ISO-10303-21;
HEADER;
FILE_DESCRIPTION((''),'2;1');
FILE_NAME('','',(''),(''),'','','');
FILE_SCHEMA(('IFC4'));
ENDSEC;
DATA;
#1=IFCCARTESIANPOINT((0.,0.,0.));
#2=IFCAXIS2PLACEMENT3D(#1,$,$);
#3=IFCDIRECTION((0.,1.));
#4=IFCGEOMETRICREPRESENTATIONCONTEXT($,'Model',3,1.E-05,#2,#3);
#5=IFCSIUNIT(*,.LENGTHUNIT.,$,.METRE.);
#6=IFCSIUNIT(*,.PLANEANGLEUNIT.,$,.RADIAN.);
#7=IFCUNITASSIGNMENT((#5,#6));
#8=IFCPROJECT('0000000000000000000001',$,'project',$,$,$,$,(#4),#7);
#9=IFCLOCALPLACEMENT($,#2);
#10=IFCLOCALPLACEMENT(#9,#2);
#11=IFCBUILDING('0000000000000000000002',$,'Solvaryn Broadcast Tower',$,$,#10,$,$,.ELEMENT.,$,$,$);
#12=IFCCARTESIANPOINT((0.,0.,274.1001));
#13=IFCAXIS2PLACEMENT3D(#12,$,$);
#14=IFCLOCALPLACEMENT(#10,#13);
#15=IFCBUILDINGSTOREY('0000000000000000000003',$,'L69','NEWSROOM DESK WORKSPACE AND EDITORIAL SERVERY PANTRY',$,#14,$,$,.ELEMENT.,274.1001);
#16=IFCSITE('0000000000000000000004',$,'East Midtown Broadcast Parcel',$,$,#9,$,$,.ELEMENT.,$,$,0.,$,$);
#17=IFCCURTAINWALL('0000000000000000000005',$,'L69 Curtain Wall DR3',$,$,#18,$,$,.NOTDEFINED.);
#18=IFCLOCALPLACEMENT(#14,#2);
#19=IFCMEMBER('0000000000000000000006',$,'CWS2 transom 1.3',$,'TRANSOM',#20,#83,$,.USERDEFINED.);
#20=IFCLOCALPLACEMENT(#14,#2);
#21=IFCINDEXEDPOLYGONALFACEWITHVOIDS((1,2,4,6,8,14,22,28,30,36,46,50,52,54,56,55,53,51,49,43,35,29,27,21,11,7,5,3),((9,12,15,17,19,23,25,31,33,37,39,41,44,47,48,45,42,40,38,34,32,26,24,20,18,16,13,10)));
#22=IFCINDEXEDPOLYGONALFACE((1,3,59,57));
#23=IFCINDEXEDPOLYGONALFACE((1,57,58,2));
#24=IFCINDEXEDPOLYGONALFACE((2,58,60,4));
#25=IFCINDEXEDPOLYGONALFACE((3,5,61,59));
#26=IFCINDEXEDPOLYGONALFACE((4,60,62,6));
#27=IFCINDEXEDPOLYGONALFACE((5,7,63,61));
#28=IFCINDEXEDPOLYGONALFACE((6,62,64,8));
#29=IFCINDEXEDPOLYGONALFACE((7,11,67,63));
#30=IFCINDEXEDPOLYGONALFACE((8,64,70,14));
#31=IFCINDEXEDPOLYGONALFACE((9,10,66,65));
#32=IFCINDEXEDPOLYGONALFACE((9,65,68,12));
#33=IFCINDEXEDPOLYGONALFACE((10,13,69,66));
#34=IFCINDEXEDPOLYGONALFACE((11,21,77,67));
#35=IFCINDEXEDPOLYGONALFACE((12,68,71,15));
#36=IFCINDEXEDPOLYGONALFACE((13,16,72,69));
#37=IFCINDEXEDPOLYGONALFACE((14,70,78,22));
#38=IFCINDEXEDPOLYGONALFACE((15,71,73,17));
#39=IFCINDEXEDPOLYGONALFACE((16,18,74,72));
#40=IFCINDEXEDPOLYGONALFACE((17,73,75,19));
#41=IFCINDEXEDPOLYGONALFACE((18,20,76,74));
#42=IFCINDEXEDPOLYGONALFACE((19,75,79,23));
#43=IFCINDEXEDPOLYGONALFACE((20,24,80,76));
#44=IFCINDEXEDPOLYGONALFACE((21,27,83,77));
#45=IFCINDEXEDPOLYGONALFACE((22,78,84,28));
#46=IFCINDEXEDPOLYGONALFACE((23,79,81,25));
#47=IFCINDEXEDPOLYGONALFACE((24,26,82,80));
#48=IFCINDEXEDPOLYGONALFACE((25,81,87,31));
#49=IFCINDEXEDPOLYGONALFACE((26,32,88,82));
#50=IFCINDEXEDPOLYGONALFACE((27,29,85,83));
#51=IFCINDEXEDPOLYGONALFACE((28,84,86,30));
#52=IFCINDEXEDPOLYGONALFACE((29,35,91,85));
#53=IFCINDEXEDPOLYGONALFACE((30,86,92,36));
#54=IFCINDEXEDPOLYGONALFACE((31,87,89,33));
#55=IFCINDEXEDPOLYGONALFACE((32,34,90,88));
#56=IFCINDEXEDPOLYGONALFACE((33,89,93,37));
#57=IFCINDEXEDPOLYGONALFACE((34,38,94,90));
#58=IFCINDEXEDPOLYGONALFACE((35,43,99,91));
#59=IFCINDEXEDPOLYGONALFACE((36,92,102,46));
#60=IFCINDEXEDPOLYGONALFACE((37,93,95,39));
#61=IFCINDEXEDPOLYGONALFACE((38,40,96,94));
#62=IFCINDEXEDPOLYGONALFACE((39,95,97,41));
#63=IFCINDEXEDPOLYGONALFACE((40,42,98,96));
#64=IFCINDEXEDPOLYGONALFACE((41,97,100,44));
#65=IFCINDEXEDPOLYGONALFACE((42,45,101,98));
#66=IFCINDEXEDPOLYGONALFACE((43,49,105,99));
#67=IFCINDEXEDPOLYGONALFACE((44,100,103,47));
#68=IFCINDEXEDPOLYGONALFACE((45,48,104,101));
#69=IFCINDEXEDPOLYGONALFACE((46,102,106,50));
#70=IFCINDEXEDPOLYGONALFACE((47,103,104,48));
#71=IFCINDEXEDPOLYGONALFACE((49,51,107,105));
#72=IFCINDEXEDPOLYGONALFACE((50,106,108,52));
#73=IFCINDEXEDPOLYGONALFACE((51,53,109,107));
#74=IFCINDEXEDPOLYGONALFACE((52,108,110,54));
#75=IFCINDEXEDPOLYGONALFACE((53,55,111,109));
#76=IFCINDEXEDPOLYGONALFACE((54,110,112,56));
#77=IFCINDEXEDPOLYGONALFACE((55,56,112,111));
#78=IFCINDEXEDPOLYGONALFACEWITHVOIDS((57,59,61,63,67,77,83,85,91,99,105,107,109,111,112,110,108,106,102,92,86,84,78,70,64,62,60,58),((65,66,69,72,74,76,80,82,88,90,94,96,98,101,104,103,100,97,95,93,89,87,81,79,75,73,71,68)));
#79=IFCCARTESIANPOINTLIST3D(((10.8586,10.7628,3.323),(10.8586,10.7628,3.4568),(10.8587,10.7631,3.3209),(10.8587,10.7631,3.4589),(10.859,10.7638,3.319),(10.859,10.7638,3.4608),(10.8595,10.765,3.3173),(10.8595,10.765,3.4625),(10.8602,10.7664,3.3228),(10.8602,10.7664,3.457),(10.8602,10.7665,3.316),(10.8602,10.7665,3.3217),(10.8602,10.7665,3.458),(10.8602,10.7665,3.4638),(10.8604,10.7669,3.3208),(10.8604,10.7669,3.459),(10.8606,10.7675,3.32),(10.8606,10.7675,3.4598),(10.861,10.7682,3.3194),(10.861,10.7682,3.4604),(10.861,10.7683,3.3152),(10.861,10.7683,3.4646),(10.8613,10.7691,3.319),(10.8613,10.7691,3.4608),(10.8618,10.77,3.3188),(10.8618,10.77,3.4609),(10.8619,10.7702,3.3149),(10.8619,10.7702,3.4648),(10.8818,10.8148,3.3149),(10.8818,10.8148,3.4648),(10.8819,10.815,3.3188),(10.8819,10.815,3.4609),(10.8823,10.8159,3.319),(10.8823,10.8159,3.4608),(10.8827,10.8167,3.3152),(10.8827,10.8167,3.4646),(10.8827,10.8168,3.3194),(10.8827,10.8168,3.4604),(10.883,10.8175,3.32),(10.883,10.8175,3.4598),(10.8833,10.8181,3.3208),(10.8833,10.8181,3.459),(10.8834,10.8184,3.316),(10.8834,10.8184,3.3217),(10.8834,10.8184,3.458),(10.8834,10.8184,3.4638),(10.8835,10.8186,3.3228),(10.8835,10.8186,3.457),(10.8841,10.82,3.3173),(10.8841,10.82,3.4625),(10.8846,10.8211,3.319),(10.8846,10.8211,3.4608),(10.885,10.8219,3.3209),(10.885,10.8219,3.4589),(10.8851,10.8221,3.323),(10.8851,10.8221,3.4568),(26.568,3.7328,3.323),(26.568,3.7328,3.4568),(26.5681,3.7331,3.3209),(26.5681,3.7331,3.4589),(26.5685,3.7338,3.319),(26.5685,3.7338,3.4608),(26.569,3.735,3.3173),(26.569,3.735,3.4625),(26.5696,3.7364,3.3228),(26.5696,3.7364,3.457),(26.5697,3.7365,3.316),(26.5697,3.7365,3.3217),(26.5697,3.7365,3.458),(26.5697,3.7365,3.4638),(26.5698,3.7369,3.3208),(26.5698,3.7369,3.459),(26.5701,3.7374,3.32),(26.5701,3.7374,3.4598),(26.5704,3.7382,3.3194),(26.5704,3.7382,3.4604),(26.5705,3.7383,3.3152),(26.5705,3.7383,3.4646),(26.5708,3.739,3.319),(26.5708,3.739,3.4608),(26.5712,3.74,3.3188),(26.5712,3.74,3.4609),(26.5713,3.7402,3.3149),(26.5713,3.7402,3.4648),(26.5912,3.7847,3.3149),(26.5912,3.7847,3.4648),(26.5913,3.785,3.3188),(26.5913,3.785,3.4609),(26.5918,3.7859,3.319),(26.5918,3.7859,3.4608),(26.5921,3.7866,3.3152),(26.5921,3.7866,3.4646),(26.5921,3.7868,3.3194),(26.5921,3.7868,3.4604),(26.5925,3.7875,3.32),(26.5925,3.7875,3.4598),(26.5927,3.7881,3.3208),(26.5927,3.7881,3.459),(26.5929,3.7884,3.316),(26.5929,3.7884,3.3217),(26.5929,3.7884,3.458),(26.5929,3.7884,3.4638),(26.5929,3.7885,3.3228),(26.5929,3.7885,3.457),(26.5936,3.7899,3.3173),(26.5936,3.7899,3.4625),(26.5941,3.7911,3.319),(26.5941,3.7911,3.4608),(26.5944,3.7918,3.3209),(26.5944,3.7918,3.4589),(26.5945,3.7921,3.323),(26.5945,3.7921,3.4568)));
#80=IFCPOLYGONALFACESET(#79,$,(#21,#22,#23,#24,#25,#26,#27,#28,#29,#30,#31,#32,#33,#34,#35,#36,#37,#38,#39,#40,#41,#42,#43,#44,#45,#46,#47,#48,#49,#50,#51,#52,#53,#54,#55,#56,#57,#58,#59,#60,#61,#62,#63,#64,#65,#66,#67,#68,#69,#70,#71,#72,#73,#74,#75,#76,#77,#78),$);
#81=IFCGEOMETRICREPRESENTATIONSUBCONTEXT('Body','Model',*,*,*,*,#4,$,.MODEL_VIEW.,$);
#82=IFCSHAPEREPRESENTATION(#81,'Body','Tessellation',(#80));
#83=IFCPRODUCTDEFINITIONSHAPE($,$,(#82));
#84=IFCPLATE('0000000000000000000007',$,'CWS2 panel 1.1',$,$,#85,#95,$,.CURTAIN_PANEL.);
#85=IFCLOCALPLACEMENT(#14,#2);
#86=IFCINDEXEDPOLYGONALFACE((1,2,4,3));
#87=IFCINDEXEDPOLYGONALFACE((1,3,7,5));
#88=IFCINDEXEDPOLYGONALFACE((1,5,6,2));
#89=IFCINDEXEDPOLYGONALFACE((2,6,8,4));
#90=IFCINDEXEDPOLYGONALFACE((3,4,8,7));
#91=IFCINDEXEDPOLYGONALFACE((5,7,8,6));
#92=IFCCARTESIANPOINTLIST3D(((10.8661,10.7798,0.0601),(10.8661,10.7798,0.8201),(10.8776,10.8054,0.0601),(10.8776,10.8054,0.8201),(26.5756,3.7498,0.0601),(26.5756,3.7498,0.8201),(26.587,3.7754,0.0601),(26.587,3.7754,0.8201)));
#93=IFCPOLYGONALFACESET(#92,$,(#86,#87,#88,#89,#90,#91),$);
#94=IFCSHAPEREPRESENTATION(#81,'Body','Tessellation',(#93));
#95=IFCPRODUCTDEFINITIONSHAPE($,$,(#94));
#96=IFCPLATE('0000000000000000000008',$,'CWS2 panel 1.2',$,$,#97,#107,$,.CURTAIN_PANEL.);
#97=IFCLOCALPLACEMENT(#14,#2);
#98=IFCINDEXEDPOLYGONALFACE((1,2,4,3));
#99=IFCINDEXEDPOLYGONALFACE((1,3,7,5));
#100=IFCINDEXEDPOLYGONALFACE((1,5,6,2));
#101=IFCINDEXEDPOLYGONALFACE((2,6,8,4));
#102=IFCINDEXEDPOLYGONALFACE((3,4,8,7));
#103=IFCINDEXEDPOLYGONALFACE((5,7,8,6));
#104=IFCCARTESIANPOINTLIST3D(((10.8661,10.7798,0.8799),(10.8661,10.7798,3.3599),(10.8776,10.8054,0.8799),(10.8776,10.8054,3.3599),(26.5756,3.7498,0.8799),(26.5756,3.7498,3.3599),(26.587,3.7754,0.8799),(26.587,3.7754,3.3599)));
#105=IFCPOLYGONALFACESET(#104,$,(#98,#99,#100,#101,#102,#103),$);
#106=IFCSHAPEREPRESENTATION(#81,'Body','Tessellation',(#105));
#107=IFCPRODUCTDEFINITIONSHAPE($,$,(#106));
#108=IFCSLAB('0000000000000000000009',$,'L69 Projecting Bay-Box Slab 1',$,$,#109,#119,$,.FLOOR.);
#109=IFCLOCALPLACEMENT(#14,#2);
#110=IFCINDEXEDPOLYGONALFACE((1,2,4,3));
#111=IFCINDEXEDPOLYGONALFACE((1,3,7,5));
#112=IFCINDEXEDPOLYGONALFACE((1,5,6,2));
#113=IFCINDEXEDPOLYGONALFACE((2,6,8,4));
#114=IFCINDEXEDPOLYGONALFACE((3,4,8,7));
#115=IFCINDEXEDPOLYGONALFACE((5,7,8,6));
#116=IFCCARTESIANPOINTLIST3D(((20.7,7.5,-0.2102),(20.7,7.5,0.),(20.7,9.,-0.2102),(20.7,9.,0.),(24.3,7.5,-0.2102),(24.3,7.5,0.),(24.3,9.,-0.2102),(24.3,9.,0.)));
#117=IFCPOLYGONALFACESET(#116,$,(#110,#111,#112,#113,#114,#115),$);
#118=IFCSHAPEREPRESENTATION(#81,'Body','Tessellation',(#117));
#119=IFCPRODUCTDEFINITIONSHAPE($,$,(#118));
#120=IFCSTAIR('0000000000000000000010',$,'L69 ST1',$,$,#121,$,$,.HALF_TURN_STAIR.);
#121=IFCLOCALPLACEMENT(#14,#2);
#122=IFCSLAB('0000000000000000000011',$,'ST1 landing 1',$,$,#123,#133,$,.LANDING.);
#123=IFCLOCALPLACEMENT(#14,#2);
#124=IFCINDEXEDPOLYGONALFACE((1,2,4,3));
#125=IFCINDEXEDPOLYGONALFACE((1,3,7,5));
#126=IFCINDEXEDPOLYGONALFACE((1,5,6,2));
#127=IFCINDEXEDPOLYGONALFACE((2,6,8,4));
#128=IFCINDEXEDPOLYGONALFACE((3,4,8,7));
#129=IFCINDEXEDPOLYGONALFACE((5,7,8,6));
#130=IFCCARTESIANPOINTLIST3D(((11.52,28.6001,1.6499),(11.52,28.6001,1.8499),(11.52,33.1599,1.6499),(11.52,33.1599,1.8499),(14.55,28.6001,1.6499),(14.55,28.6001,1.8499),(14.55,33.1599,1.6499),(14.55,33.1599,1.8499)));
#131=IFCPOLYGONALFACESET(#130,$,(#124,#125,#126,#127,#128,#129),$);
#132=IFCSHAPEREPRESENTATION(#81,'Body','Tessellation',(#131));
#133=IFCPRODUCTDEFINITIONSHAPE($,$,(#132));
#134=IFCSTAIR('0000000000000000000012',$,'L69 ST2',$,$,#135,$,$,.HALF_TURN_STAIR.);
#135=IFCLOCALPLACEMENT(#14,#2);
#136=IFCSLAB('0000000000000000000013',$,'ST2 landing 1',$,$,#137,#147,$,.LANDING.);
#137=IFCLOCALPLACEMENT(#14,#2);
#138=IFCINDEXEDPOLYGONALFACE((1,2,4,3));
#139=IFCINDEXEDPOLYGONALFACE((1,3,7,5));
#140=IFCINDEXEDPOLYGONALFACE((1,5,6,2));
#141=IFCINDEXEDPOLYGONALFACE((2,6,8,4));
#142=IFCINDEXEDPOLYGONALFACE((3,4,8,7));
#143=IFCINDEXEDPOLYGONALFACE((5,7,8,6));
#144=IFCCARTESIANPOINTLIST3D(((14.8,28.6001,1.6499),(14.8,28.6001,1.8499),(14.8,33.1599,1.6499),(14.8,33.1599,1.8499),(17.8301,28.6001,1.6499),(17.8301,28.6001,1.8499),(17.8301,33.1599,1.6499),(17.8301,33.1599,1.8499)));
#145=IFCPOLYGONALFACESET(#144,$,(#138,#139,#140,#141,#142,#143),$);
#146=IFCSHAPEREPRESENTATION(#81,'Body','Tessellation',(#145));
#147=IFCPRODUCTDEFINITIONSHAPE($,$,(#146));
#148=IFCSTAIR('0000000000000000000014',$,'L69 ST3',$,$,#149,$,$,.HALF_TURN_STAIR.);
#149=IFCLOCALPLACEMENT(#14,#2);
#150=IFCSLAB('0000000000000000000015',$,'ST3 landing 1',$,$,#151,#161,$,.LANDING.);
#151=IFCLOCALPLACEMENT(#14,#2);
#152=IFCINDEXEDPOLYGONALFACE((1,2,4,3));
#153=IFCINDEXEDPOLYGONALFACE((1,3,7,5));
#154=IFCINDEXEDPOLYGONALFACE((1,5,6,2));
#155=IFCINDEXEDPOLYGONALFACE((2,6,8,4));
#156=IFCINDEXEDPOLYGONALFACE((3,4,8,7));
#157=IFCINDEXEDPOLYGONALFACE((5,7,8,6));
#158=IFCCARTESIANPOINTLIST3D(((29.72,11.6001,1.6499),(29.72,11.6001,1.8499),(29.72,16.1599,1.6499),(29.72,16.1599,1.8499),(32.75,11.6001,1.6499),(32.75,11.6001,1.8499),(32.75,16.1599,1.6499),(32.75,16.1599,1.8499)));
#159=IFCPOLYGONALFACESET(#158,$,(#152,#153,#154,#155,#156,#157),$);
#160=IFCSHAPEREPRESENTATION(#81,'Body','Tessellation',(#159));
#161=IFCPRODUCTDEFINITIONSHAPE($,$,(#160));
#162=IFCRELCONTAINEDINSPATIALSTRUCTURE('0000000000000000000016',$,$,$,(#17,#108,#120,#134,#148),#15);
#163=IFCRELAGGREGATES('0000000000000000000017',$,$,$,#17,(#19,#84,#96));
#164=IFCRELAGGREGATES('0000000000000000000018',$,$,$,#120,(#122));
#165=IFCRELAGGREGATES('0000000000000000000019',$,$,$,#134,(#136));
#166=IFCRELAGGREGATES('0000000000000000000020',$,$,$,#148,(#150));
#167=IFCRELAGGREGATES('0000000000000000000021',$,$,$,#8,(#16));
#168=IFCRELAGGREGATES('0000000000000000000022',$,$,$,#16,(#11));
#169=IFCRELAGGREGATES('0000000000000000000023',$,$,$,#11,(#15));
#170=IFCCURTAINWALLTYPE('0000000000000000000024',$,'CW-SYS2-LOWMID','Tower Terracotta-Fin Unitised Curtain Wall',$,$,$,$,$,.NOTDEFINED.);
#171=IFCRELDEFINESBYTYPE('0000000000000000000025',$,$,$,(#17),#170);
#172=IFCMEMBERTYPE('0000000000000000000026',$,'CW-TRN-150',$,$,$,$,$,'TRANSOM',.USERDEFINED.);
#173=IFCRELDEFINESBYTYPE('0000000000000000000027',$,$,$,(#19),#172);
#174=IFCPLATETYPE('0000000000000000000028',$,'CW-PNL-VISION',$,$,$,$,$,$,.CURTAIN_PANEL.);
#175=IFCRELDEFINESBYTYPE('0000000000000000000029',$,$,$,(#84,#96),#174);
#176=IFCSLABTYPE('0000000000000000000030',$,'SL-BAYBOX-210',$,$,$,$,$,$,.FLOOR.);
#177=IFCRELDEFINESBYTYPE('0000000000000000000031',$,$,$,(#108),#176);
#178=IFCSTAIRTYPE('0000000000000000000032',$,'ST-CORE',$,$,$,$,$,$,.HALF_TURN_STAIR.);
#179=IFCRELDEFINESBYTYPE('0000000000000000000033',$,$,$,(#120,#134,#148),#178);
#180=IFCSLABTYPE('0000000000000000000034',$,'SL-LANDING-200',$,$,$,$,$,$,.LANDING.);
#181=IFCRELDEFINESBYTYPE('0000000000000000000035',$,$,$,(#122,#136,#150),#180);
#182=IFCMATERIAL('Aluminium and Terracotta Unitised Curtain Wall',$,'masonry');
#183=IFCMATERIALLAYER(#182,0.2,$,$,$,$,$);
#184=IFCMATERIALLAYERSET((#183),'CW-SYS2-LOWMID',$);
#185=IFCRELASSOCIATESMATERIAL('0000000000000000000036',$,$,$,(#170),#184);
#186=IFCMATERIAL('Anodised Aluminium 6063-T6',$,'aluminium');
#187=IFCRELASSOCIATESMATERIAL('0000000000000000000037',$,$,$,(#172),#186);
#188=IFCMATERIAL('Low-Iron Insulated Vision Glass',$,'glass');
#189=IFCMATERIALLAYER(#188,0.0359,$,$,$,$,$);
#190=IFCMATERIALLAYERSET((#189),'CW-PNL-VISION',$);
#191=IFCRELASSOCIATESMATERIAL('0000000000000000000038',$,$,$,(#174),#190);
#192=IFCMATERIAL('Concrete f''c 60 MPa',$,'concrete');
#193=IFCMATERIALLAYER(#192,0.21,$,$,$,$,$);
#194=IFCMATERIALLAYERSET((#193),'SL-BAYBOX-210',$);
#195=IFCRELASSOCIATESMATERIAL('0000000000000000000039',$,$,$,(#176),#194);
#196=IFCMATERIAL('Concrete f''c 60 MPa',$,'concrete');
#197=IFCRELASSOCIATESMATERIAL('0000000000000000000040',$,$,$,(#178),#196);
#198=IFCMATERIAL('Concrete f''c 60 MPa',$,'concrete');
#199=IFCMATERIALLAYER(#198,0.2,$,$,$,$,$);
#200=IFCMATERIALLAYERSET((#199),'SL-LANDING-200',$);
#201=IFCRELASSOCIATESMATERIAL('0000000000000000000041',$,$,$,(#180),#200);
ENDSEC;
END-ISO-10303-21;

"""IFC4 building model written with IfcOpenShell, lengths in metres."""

from ifc_helpers import new_model, si_unit, direction, frame, origin, origin_2d, place, context, subcontext, project, spatial, polyline, rectangle, hollow_rectangle, outline, extrude, material, layer, layer_set, material_profile, profile_set, type_object, element, aggregate, save


model = new_model("IFC4")

# Units and contexts
model_context = context("Model", 3, precision=1e-05, world=origin(), true_north=direction((0.0, 1.0)))
body_context = subcontext(model_context, "Body", "Model", "MODEL_VIEW")
ifc_project = project(units=[si_unit("LENGTHUNIT", "METRE"), si_unit("PLANEANGLEUNIT", "RADIAN")], contexts=[model_context])

# Site, building, storey
site_placement = place(None, origin())
site = spatial("IfcSite", under=ifc_project, at=site_placement, Name="East Midtown Broadcast Parcel", CompositionType="ELEMENT", RefElevation=0.0)
building_placement = place(site_placement, origin())
building = spatial("IfcBuilding", under=site, at=building_placement, Name="Solvaryn Broadcast Tower", CompositionType="ELEMENT")
storey_placement = place(building_placement, frame((0.0, 0.0, 274.1001)))
storey = spatial("IfcBuildingStorey", under=building, at=storey_placement, Name="L69", Description="NEWSROOM DESK WORKSPACE AND EDITORIAL SERVERY PANTRY", CompositionType="ELEMENT", Elevation=274.1001)

# Shared definitions
ifc_material_1 = material(Name="Aluminium and Terracotta Unitised Curtain Wall", Category="masonry")
ifc_layer_1 = layer(ifc_material_1, 0.2)
ifc_layer_set_1 = layer_set([ifc_layer_1], Name="CW-SYS2-LOWMID")
curtain_wall_type = type_object("IfcCurtainWallType", Name="CW-SYS2-LOWMID", Description="Tower Terracotta-Fin Unitised Curtain Wall", PredefinedType="NOTDEFINED", material=ifc_layer_set_1)

# Curtain wall, member, plates
curtain_wall_1_placement = place(storey_placement, origin())
curtain_wall_1 = element("IfcCurtainWall", 1, at=curtain_wall_1_placement, inside=storey, type_object=curtain_wall_type, Name="L69 Curtain Wall DR3", PredefinedType="NOTDEFINED")
ifc_material_2 = material(Name="Anodised Aluminium 6063-T6", Category="aluminium")
ifc_material_profile_1 = material_profile(ifc_material_2, hollow_rectangle(XDim=0.0649, YDim=0.1499, WallThickness=0.0039, InnerFilletRadius=0.0039, OuterFilletRadius=0.0081, at=origin_2d()))
ifc_profile_set_1 = profile_set([ifc_material_profile_1], Name="Anodised Aluminium 6063-T6")
member_type_1 = type_object("IfcMemberType", Name="CW-TRN-150", ElementType="TRANSOM", PredefinedType="USERDEFINED", material=ifc_profile_set_1)
member_1_placement = place(storey_placement, frame((10.8718, 10.7925, 3.3899), z_axis=(0.912773, -0.408468, 0.0), x_axis=(0.408468, 0.912773, 0.0)))
member_1 = element("IfcMember", 2, at=member_1_placement, type_object=member_type_1, Name="CWS2 transom 1.3", ObjectType="TRANSOM", PredefinedType="USERDEFINED", context=body_context, shape_type="SweptSolid", body=[
    extrude(hollow_rectangle(XDim=0.0649, YDim=0.1499, WallThickness=0.0039, InnerFilletRadius=0.0039, OuterFilletRadius=0.0081, at=origin_2d()), origin(), (0.0, 0.0, 1.0), 17.2107),
])
ifc_material_3 = material(Name="Low-Iron Insulated Vision Glass", Category="glass")
ifc_layer_2 = layer(ifc_material_3, 0.0359)
ifc_layer_set_2 = layer_set([ifc_layer_2], Name="CW-PNL-VISION")
plate_type = type_object("IfcPlateType", Name="CW-PNL-VISION", PredefinedType="CURTAIN_PANEL", material=ifc_layer_set_2)
plate_1_placement = place(storey_placement, frame((18.7266, 7.2776, 0.0601), z_axis=(0.0, 0.0, 1.0), x_axis=(0.912774, -0.408466, 0.0)))
plate_1 = element("IfcPlate", 3, at=plate_1_placement, type_object=plate_type, Name="CWS2 panel 1.1", PredefinedType="CURTAIN_PANEL", context=body_context, shape_type="SweptSolid", body=[
    extrude(rectangle(XDim=17.2107, YDim=0.0281, at=origin_2d()), origin(), (0.0, 0.0, 1.0), 0.76),
])
plate_2_placement = place(storey_placement, frame((18.7266, 7.2776, 0.8799), z_axis=(0.0, 0.0, 1.0), x_axis=(0.912774, -0.408466, 0.0)))
plate_2 = element("IfcPlate", 4, at=plate_2_placement, type_object=plate_type, Name="CWS2 panel 1.2", PredefinedType="CURTAIN_PANEL", context=body_context, shape_type="SweptSolid", body=[
    extrude(rectangle(XDim=17.2107, YDim=0.0281, at=origin_2d()), origin(), (0.0, 0.0, 1.0), 2.48),
])
aggregate(curtain_wall_1, [member_1, plate_1, plate_2])

# Slab
ifc_material_4 = material(Name="Concrete f'c 60 MPa", Category="concrete")
ifc_layer_3 = layer(ifc_material_4, 0.21)
ifc_layer_set_3 = layer_set([ifc_layer_3], Name="SL-BAYBOX-210")
slab_type_1 = type_object("IfcSlabType", Name="SL-BAYBOX-210", PredefinedType="FLOOR", material=ifc_layer_set_3)
slab_1_placement = place(storey_placement, frame((0.0, 0.0, -0.2102)))
element("IfcSlab", 5, at=slab_1_placement, inside=storey, type_object=slab_type_1, Name="L69 Projecting Bay-Box Slab 1", PredefinedType="FLOOR", context=body_context, shape_type="SweptSolid", body=[
    extrude(outline(polyline([(20.7, 7.5), (24.3, 7.5), (24.3, 9.0), (20.7, 9.0), (20.7, 7.5)])), origin(), (0.0, 0.0, 1.0), 0.2102),
])

# Stairs, slabs
ifc_material_5 = material(Name="Concrete f'c 60 MPa", Category="concrete")
stair_type = type_object("IfcStairType", Name="ST-CORE", PredefinedType="HALF_TURN_STAIR", material=ifc_material_5)
stair_1_placement = place(storey_placement, origin())
stair_1 = element("IfcStair", 6, at=stair_1_placement, inside=storey, type_object=stair_type, Name="L69 ST1", PredefinedType="HALF_TURN_STAIR")
ifc_material_6 = material(Name="Concrete f'c 60 MPa", Category="concrete")
ifc_layer_4 = layer(ifc_material_6, 0.2)
ifc_layer_set_4 = layer_set([ifc_layer_4], Name="SL-LANDING-200")
slab_type_2 = type_object("IfcSlabType", Name="SL-LANDING-200", PredefinedType="LANDING", material=ifc_layer_set_4)
slab_2_placement = place(storey_placement, frame((0.0, 0.0, 1.6499)))
slab_2 = element("IfcSlab", 7, at=slab_2_placement, type_object=slab_type_2, Name="ST1 landing 1", PredefinedType="LANDING", context=body_context, shape_type="SweptSolid", body=[
    extrude(outline(polyline([(11.52, 33.1599), (11.52, 28.6001), (14.55, 28.6001), (14.55, 33.1599), (11.52, 33.1599)])), origin(), (0.0, 0.0, 1.0), 0.2),
])
aggregate(stair_1, [slab_2])
stair_2_placement = place(storey_placement, origin())
stair_2 = element("IfcStair", 8, at=stair_2_placement, inside=storey, type_object=stair_type, Name="L69 ST2", PredefinedType="HALF_TURN_STAIR")
slab_3_placement = place(storey_placement, frame((0.0, 0.0, 1.6499)))
slab_3 = element("IfcSlab", 9, at=slab_3_placement, type_object=slab_type_2, Name="ST2 landing 1", PredefinedType="LANDING", context=body_context, shape_type="SweptSolid", body=[
    extrude(outline(polyline([(14.8, 33.1599), (14.8, 28.6001), (17.8301, 28.6001), (17.8301, 33.1599), (14.8, 33.1599)])), origin(), (0.0, 0.0, 1.0), 0.2),
])
aggregate(stair_2, [slab_3])
stair_3_placement = place(storey_placement, origin())
stair_3 = element("IfcStair", 10, at=stair_3_placement, inside=storey, type_object=stair_type, Name="L69 ST3", PredefinedType="HALF_TURN_STAIR")
slab_4_placement = place(storey_placement, frame((0.0, 0.0, 1.6499)))
slab_4 = element("IfcSlab", 11, at=slab_4_placement, type_object=slab_type_2, Name="ST3 landing 1", PredefinedType="LANDING", context=body_context, shape_type="SweptSolid", body=[
    extrude(outline(polyline([(29.72, 16.1599), (29.72, 11.6001), (32.75, 11.6001), (32.75, 16.1599), (29.72, 16.1599)])), origin(), (0.0, 0.0, 1.0), 0.2),
])
aggregate(stair_3, [slab_4])

save(model, "model.ifc")
